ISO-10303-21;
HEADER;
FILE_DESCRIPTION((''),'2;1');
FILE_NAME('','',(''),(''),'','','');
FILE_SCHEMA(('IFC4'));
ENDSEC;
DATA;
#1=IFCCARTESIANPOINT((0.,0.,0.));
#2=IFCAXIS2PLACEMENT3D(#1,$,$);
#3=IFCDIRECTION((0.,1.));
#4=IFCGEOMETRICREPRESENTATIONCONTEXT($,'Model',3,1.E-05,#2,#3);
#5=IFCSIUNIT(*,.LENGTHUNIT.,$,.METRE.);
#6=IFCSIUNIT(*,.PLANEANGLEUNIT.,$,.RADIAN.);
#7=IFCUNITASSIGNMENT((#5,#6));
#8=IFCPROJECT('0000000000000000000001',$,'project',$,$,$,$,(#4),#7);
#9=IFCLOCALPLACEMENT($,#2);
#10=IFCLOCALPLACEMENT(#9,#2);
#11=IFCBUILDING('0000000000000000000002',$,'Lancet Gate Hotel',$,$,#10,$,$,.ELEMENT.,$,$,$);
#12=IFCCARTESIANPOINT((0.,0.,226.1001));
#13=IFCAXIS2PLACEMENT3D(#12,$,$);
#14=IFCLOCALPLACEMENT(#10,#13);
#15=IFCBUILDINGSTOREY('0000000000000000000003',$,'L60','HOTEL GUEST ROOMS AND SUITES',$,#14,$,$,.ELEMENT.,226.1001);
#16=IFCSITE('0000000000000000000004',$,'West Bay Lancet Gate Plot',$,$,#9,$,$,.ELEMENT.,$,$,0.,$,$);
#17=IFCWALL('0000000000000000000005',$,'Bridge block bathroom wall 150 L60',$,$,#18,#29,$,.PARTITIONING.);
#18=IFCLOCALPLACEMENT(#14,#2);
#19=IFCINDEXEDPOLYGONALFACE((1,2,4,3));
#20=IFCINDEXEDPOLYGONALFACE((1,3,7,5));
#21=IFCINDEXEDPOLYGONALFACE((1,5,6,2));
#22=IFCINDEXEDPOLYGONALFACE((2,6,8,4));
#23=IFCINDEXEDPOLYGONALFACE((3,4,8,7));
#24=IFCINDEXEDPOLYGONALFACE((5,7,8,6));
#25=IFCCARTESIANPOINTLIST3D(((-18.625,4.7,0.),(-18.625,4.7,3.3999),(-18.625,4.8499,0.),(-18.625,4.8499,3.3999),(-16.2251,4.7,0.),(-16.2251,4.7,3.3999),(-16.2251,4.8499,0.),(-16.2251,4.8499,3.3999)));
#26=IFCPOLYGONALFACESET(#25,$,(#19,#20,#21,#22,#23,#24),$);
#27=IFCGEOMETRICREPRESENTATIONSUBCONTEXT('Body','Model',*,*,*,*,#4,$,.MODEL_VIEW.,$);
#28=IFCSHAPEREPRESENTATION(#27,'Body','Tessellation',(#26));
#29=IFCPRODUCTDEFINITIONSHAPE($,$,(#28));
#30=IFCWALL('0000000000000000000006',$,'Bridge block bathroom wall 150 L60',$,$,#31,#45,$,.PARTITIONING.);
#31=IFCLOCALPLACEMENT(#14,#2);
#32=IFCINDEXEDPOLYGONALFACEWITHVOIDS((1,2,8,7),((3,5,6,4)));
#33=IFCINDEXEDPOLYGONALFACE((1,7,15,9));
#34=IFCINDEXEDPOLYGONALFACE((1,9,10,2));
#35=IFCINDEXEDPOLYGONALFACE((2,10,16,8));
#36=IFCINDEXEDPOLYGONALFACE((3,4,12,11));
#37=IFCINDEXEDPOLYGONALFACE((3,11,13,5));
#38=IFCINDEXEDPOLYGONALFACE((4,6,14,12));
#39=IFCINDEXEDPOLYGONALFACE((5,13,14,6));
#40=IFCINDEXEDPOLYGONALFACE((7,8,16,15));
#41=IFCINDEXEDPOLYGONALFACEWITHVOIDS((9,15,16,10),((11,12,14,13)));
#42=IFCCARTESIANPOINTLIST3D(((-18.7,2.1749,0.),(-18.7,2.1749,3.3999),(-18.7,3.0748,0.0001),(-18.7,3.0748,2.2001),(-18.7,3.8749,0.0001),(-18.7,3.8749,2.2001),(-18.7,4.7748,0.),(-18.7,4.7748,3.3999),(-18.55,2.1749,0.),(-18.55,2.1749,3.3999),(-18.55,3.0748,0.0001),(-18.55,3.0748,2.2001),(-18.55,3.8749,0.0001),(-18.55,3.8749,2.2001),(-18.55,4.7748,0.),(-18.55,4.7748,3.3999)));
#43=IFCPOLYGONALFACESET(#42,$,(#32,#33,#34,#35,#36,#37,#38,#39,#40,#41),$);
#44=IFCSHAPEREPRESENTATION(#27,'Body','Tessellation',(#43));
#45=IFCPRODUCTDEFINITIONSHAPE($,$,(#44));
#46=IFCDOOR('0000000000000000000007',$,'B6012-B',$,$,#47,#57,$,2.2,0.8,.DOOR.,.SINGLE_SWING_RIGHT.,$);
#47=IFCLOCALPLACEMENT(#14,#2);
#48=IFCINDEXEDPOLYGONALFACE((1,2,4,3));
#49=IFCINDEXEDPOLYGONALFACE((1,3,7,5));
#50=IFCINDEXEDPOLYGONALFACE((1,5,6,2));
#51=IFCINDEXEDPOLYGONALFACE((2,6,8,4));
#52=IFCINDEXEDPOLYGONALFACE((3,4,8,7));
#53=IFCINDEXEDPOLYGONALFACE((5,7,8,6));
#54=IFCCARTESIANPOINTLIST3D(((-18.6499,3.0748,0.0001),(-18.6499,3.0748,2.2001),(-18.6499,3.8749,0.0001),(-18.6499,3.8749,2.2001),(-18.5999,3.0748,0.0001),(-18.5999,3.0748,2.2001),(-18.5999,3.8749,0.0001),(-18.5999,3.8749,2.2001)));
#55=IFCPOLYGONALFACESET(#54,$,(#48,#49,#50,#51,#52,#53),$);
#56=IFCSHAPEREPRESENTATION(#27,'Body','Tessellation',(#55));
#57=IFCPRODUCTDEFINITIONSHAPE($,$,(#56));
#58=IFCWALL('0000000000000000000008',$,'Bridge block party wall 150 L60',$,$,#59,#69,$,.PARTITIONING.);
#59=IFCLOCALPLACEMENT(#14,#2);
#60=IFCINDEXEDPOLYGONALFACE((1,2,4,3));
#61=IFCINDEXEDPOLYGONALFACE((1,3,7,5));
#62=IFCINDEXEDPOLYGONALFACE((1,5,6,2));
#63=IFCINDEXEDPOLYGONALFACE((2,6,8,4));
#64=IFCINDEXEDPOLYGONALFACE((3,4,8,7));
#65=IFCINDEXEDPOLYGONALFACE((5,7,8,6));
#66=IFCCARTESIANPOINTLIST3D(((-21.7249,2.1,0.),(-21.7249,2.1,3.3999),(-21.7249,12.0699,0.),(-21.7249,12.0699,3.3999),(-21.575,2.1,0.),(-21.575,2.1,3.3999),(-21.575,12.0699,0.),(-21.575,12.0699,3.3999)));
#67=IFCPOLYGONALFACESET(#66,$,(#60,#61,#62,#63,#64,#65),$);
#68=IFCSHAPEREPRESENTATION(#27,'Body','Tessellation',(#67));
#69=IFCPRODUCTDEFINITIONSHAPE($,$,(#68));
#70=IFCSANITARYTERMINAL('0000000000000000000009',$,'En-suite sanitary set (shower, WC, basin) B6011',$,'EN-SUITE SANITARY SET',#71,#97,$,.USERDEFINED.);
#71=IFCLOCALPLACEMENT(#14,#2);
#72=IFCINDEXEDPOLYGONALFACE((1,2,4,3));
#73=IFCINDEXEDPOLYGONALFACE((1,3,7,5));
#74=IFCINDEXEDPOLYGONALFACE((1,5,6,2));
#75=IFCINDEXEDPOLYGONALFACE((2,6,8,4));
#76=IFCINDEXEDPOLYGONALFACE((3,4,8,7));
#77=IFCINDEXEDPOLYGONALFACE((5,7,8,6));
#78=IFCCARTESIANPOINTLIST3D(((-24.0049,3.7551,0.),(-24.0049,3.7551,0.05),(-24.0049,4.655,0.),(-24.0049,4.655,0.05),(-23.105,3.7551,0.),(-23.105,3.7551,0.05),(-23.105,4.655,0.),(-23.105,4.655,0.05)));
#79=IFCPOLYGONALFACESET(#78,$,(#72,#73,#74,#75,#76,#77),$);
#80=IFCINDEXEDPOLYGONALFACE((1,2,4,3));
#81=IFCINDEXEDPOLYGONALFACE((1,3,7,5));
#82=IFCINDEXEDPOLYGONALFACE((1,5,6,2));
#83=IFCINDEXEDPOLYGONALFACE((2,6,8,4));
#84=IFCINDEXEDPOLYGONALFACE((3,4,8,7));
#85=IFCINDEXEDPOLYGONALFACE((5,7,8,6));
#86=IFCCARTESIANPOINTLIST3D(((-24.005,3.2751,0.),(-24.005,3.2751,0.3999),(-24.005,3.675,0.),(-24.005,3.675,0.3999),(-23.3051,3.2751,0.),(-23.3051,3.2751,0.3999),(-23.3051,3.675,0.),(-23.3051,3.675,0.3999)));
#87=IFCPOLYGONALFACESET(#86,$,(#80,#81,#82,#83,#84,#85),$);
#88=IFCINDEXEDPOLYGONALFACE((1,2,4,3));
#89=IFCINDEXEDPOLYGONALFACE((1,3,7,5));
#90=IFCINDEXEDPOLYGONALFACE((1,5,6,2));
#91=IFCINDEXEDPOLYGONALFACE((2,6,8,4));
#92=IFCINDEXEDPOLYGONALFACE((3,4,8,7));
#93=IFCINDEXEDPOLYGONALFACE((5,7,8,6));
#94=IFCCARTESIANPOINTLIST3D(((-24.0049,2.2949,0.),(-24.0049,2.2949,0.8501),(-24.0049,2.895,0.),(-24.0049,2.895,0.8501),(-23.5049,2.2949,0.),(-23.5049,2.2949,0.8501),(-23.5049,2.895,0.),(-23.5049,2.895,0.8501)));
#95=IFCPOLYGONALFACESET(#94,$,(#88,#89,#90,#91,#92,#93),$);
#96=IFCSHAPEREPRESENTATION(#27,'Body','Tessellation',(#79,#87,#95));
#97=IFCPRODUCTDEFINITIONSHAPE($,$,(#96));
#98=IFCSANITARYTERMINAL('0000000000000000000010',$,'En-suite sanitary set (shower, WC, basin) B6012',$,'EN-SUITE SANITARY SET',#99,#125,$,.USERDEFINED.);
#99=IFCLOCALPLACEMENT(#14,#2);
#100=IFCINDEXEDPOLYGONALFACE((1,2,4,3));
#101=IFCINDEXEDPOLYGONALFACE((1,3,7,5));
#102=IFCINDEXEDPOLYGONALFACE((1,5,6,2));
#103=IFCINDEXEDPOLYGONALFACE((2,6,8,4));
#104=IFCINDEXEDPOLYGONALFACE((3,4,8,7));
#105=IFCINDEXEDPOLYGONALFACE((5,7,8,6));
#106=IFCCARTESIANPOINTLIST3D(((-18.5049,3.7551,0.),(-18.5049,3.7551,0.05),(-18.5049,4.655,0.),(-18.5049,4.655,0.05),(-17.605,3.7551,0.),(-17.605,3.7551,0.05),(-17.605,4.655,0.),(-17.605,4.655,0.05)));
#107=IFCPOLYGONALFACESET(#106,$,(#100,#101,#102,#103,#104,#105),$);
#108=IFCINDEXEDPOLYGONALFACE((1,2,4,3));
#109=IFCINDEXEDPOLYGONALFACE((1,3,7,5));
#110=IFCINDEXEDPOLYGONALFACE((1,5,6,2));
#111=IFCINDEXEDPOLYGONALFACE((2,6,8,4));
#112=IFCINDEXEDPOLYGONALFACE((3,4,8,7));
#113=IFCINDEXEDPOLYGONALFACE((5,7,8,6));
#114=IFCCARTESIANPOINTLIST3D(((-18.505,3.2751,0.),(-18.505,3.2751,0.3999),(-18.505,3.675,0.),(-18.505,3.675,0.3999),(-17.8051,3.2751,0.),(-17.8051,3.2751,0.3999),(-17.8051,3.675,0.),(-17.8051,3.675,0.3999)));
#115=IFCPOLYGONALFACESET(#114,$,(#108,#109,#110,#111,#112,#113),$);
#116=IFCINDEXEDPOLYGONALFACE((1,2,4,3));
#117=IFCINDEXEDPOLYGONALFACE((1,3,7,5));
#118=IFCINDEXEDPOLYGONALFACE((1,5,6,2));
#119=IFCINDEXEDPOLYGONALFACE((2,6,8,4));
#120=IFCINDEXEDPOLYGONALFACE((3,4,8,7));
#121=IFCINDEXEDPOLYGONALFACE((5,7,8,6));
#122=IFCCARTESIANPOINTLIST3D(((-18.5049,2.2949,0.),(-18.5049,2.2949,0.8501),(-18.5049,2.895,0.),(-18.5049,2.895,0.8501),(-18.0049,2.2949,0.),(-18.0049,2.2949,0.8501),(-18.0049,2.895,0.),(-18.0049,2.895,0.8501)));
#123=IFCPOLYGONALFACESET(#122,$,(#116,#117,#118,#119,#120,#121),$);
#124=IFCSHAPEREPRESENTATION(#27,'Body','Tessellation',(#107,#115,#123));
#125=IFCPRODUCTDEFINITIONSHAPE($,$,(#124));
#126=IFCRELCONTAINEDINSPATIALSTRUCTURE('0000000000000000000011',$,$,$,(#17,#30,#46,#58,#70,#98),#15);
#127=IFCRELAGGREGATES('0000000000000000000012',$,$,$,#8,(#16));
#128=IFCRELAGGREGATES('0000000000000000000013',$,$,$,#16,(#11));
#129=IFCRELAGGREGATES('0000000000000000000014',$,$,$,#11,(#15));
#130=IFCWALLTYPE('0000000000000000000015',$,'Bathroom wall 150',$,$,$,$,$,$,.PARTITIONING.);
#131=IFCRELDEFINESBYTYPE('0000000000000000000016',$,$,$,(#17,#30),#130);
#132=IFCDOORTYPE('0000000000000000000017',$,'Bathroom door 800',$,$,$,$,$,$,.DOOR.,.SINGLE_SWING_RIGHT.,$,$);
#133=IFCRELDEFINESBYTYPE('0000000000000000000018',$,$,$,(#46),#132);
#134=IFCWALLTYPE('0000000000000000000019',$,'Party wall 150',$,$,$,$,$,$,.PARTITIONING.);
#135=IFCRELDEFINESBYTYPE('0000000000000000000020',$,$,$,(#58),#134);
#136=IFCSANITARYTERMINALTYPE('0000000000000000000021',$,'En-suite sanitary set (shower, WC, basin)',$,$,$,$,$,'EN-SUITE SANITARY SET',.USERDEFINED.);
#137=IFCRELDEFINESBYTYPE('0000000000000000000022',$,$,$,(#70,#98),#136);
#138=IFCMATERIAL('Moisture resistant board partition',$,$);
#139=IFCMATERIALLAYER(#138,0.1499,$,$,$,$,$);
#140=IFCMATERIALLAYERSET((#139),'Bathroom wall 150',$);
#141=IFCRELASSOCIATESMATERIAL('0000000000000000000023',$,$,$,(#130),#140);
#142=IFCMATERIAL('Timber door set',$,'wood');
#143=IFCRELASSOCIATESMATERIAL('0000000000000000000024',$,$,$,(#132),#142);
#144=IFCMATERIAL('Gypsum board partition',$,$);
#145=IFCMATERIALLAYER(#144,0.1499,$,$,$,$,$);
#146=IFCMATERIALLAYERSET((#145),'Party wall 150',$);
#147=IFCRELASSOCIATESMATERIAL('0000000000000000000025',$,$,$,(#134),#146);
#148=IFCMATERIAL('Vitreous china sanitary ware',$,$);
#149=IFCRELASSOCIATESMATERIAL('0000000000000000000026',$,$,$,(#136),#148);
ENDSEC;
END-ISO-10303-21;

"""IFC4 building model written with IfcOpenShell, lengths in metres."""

from ifc_helpers import new_model, si_unit, direction, frame, frame_2d, origin, origin_2d, place, context, subcontext, project, spatial, rectangle, extrude, material, layer, layer_set, type_object, element, fill, save


model = new_model("IFC4")

# Units and contexts
model_context = context("Model", 3, precision=1e-05, world=origin(), true_north=direction((0.0, 1.0)))
body_context = subcontext(model_context, "Body", "Model", "MODEL_VIEW")
ifc_project = project(units=[si_unit("LENGTHUNIT", "METRE"), si_unit("PLANEANGLEUNIT", "RADIAN")], contexts=[model_context])

# Site, building, storey
site_placement = place(None, origin())
site = spatial("IfcSite", under=ifc_project, at=site_placement, Name="West Bay Lancet Gate Plot", CompositionType="ELEMENT", RefElevation=0.0)
building_placement = place(site_placement, origin())
building = spatial("IfcBuilding", under=site, at=building_placement, Name="Lancet Gate Hotel", CompositionType="ELEMENT")
storey_placement = place(building_placement, frame((0.0, 0.0, 226.1001)))
storey = spatial("IfcBuildingStorey", under=building, at=storey_placement, Name="L60", Description="HOTEL GUEST ROOMS AND SUITES", CompositionType="ELEMENT", Elevation=226.1001)

# Shared definitions
ifc_material_1 = material(Name="Moisture resistant board partition")
ifc_layer_1 = layer(ifc_material_1, 0.1499)
ifc_layer_set_1 = layer_set([ifc_layer_1], Name="Bathroom wall 150")
wall_type_1 = type_object("IfcWallType", Name="Bathroom wall 150", PredefinedType="PARTITIONING", material=ifc_layer_set_1)

# Shared definitions
ifc_material_2 = material(Name="Timber door set", Category="wood")
door_type = type_object("IfcDoorType", Name="Bathroom door 800", OperationType="SINGLE_SWING_RIGHT", PredefinedType="DOOR", material=ifc_material_2)

# Wall
wall_1_placement = place(storey_placement, frame((-18.625, 4.7749, 0.0), z_axis=(0.0, 0.0, 1.0), x_axis=(1.0, 0.0, 0.0)))
element("IfcWall", 1, at=wall_1_placement, inside=storey, type_object=wall_type_1, Name="Bridge block bathroom wall 150 L60", PredefinedType="PARTITIONING", context=body_context, shape_type="SweptSolid", body=[
    extrude(rectangle(XDim=2.3999, YDim=0.1499, at=frame_2d((1.2, 0.0))), origin(), (0.0, 0.0, 1.0), 3.3999),
])

# Wall, opening, door
wall_2_placement = place(storey_placement, frame((-18.625, 2.175, 0.0), z_axis=(0.0, 0.0, 1.0), x_axis=(0.0, 1.0, 0.0)))
wall_2 = element("IfcWall", 2, at=wall_2_placement, inside=storey, type_object=wall_type_1, Name="Bridge block bathroom wall 150 L60", PredefinedType="PARTITIONING", context=body_context, shape_type="SweptSolid", body=[
    extrude(rectangle(XDim=2.5999, YDim=0.1499, at=frame_2d((1.2998, 0.0))), origin(), (0.0, 0.0, 1.0), 3.3999),
])
opening_1_placement = place(wall_2_placement, frame((0.8999, 0.0, 0.0)))
opening_1 = element("IfcOpeningElement", 3, at=opening_1_placement, cuts=wall_2, PredefinedType="OPENING", context=body_context, shape_type="SweptSolid", body=[
    extrude(rectangle(XDim=0.8, YDim=2.2, at=frame_2d((0.3999, 1.1001))), frame((0.0, 0.085, 0.0), z_axis=(0.0, -1.0, 0.0), x_axis=(1.0, 0.0, 0.0)), (0.0, 0.0, 1.0), 0.1699),
])
door_1_placement = place(opening_1_placement, origin())
door_1 = element("IfcDoor", 4, at=door_1_placement, inside=storey, type_object=door_type, Name="B6012-B", OperationType="SINGLE_SWING_RIGHT", OverallHeight=2.2, OverallWidth=0.8, PredefinedType="DOOR", context=body_context, shape_type="SweptSolid", body=[
    extrude(rectangle(XDim=0.8, YDim=2.2, at=frame_2d((0.3999, 1.1001))), frame((0.0, 0.0249, 0.0), z_axis=(0.0, -1.0, 0.0), x_axis=(1.0, 0.0, 0.0)), (0.0, 0.0, 1.0), 0.05),
])
fill(opening_1, door_1)

# Wall
ifc_material_3 = material(Name="Gypsum board partition")
ifc_layer_2 = layer(ifc_material_3, 0.1499)
ifc_layer_set_2 = layer_set([ifc_layer_2], Name="Party wall 150")
wall_type_2 = type_object("IfcWallType", Name="Party wall 150", PredefinedType="PARTITIONING", material=ifc_layer_set_2)
wall_3_placement = place(storey_placement, frame((-21.6499, 2.1001, 0.0), z_axis=(0.0, 0.0, 1.0), x_axis=(0.0, 1.0, 0.0)))
element("IfcWall", 5, at=wall_3_placement, inside=storey, type_object=wall_type_2, Name="Bridge block party wall 150 L60", PredefinedType="PARTITIONING", context=body_context, shape_type="SweptSolid", body=[
    extrude(rectangle(XDim=9.97, YDim=0.1499, at=frame_2d((4.9849, 0.0))), origin(), (0.0, 0.0, 1.0), 3.3999),
])

# Sanitary terminals
ifc_material_4 = material(Name="Vitreous china sanitary ware")
sanitary_terminal_type = type_object("IfcSanitaryTerminalType", Name="En-suite sanitary set (shower, WC, basin)", ElementType="EN-SUITE SANITARY SET", PredefinedType="USERDEFINED", material=ifc_material_4)
for number, where, z_axis, x_axis, name in (
    (6, (-23.5549, 4.2051, 0.0), (0.0, 0.0, 1.0), (1.0, 0.0, 0.0), "En-suite sanitary set (shower, WC, basin) B6011"),
    (7, (-18.0549, 4.2051, 0.0), (0.0, 0.0, 1.0), (1.0, 0.0, 0.0), "En-suite sanitary set (shower, WC, basin) B6012"),
):
    element("IfcSanitaryTerminal", number, at=place(storey_placement, frame(where, z_axis=z_axis, x_axis=x_axis)), inside=storey, type_object=sanitary_terminal_type, Name=name, ObjectType="EN-SUITE SANITARY SET", PredefinedType="USERDEFINED", context=body_context, shape_type="SweptSolid", body=[
        extrude(rectangle(XDim=0.8999, YDim=0.8999, at=origin_2d()), frame((0.0, 0.0, 0.0), z_axis=(0.0, 0.0, 1.0), x_axis=(0.0, 1.0, 0.0)), (0.0, 0.0, 1.0), 0.05),
        extrude(rectangle(XDim=0.3999, YDim=0.7, at=origin_2d()), frame((-0.1001, -0.73, 0.0), z_axis=(0.0, 0.0, 1.0), x_axis=(0.0, 1.0, 0.0)), (0.0, 0.0, 1.0), 0.3999),
        extrude(rectangle(XDim=0.6001, YDim=0.5, at=origin_2d()), frame((-0.2, -1.6101, 0.0), z_axis=(0.0, 0.0, 1.0), x_axis=(0.0, 1.0, 0.0)), (0.0, 0.0, 1.0), 0.8501),
    ])

save(model, "model.ifc")
